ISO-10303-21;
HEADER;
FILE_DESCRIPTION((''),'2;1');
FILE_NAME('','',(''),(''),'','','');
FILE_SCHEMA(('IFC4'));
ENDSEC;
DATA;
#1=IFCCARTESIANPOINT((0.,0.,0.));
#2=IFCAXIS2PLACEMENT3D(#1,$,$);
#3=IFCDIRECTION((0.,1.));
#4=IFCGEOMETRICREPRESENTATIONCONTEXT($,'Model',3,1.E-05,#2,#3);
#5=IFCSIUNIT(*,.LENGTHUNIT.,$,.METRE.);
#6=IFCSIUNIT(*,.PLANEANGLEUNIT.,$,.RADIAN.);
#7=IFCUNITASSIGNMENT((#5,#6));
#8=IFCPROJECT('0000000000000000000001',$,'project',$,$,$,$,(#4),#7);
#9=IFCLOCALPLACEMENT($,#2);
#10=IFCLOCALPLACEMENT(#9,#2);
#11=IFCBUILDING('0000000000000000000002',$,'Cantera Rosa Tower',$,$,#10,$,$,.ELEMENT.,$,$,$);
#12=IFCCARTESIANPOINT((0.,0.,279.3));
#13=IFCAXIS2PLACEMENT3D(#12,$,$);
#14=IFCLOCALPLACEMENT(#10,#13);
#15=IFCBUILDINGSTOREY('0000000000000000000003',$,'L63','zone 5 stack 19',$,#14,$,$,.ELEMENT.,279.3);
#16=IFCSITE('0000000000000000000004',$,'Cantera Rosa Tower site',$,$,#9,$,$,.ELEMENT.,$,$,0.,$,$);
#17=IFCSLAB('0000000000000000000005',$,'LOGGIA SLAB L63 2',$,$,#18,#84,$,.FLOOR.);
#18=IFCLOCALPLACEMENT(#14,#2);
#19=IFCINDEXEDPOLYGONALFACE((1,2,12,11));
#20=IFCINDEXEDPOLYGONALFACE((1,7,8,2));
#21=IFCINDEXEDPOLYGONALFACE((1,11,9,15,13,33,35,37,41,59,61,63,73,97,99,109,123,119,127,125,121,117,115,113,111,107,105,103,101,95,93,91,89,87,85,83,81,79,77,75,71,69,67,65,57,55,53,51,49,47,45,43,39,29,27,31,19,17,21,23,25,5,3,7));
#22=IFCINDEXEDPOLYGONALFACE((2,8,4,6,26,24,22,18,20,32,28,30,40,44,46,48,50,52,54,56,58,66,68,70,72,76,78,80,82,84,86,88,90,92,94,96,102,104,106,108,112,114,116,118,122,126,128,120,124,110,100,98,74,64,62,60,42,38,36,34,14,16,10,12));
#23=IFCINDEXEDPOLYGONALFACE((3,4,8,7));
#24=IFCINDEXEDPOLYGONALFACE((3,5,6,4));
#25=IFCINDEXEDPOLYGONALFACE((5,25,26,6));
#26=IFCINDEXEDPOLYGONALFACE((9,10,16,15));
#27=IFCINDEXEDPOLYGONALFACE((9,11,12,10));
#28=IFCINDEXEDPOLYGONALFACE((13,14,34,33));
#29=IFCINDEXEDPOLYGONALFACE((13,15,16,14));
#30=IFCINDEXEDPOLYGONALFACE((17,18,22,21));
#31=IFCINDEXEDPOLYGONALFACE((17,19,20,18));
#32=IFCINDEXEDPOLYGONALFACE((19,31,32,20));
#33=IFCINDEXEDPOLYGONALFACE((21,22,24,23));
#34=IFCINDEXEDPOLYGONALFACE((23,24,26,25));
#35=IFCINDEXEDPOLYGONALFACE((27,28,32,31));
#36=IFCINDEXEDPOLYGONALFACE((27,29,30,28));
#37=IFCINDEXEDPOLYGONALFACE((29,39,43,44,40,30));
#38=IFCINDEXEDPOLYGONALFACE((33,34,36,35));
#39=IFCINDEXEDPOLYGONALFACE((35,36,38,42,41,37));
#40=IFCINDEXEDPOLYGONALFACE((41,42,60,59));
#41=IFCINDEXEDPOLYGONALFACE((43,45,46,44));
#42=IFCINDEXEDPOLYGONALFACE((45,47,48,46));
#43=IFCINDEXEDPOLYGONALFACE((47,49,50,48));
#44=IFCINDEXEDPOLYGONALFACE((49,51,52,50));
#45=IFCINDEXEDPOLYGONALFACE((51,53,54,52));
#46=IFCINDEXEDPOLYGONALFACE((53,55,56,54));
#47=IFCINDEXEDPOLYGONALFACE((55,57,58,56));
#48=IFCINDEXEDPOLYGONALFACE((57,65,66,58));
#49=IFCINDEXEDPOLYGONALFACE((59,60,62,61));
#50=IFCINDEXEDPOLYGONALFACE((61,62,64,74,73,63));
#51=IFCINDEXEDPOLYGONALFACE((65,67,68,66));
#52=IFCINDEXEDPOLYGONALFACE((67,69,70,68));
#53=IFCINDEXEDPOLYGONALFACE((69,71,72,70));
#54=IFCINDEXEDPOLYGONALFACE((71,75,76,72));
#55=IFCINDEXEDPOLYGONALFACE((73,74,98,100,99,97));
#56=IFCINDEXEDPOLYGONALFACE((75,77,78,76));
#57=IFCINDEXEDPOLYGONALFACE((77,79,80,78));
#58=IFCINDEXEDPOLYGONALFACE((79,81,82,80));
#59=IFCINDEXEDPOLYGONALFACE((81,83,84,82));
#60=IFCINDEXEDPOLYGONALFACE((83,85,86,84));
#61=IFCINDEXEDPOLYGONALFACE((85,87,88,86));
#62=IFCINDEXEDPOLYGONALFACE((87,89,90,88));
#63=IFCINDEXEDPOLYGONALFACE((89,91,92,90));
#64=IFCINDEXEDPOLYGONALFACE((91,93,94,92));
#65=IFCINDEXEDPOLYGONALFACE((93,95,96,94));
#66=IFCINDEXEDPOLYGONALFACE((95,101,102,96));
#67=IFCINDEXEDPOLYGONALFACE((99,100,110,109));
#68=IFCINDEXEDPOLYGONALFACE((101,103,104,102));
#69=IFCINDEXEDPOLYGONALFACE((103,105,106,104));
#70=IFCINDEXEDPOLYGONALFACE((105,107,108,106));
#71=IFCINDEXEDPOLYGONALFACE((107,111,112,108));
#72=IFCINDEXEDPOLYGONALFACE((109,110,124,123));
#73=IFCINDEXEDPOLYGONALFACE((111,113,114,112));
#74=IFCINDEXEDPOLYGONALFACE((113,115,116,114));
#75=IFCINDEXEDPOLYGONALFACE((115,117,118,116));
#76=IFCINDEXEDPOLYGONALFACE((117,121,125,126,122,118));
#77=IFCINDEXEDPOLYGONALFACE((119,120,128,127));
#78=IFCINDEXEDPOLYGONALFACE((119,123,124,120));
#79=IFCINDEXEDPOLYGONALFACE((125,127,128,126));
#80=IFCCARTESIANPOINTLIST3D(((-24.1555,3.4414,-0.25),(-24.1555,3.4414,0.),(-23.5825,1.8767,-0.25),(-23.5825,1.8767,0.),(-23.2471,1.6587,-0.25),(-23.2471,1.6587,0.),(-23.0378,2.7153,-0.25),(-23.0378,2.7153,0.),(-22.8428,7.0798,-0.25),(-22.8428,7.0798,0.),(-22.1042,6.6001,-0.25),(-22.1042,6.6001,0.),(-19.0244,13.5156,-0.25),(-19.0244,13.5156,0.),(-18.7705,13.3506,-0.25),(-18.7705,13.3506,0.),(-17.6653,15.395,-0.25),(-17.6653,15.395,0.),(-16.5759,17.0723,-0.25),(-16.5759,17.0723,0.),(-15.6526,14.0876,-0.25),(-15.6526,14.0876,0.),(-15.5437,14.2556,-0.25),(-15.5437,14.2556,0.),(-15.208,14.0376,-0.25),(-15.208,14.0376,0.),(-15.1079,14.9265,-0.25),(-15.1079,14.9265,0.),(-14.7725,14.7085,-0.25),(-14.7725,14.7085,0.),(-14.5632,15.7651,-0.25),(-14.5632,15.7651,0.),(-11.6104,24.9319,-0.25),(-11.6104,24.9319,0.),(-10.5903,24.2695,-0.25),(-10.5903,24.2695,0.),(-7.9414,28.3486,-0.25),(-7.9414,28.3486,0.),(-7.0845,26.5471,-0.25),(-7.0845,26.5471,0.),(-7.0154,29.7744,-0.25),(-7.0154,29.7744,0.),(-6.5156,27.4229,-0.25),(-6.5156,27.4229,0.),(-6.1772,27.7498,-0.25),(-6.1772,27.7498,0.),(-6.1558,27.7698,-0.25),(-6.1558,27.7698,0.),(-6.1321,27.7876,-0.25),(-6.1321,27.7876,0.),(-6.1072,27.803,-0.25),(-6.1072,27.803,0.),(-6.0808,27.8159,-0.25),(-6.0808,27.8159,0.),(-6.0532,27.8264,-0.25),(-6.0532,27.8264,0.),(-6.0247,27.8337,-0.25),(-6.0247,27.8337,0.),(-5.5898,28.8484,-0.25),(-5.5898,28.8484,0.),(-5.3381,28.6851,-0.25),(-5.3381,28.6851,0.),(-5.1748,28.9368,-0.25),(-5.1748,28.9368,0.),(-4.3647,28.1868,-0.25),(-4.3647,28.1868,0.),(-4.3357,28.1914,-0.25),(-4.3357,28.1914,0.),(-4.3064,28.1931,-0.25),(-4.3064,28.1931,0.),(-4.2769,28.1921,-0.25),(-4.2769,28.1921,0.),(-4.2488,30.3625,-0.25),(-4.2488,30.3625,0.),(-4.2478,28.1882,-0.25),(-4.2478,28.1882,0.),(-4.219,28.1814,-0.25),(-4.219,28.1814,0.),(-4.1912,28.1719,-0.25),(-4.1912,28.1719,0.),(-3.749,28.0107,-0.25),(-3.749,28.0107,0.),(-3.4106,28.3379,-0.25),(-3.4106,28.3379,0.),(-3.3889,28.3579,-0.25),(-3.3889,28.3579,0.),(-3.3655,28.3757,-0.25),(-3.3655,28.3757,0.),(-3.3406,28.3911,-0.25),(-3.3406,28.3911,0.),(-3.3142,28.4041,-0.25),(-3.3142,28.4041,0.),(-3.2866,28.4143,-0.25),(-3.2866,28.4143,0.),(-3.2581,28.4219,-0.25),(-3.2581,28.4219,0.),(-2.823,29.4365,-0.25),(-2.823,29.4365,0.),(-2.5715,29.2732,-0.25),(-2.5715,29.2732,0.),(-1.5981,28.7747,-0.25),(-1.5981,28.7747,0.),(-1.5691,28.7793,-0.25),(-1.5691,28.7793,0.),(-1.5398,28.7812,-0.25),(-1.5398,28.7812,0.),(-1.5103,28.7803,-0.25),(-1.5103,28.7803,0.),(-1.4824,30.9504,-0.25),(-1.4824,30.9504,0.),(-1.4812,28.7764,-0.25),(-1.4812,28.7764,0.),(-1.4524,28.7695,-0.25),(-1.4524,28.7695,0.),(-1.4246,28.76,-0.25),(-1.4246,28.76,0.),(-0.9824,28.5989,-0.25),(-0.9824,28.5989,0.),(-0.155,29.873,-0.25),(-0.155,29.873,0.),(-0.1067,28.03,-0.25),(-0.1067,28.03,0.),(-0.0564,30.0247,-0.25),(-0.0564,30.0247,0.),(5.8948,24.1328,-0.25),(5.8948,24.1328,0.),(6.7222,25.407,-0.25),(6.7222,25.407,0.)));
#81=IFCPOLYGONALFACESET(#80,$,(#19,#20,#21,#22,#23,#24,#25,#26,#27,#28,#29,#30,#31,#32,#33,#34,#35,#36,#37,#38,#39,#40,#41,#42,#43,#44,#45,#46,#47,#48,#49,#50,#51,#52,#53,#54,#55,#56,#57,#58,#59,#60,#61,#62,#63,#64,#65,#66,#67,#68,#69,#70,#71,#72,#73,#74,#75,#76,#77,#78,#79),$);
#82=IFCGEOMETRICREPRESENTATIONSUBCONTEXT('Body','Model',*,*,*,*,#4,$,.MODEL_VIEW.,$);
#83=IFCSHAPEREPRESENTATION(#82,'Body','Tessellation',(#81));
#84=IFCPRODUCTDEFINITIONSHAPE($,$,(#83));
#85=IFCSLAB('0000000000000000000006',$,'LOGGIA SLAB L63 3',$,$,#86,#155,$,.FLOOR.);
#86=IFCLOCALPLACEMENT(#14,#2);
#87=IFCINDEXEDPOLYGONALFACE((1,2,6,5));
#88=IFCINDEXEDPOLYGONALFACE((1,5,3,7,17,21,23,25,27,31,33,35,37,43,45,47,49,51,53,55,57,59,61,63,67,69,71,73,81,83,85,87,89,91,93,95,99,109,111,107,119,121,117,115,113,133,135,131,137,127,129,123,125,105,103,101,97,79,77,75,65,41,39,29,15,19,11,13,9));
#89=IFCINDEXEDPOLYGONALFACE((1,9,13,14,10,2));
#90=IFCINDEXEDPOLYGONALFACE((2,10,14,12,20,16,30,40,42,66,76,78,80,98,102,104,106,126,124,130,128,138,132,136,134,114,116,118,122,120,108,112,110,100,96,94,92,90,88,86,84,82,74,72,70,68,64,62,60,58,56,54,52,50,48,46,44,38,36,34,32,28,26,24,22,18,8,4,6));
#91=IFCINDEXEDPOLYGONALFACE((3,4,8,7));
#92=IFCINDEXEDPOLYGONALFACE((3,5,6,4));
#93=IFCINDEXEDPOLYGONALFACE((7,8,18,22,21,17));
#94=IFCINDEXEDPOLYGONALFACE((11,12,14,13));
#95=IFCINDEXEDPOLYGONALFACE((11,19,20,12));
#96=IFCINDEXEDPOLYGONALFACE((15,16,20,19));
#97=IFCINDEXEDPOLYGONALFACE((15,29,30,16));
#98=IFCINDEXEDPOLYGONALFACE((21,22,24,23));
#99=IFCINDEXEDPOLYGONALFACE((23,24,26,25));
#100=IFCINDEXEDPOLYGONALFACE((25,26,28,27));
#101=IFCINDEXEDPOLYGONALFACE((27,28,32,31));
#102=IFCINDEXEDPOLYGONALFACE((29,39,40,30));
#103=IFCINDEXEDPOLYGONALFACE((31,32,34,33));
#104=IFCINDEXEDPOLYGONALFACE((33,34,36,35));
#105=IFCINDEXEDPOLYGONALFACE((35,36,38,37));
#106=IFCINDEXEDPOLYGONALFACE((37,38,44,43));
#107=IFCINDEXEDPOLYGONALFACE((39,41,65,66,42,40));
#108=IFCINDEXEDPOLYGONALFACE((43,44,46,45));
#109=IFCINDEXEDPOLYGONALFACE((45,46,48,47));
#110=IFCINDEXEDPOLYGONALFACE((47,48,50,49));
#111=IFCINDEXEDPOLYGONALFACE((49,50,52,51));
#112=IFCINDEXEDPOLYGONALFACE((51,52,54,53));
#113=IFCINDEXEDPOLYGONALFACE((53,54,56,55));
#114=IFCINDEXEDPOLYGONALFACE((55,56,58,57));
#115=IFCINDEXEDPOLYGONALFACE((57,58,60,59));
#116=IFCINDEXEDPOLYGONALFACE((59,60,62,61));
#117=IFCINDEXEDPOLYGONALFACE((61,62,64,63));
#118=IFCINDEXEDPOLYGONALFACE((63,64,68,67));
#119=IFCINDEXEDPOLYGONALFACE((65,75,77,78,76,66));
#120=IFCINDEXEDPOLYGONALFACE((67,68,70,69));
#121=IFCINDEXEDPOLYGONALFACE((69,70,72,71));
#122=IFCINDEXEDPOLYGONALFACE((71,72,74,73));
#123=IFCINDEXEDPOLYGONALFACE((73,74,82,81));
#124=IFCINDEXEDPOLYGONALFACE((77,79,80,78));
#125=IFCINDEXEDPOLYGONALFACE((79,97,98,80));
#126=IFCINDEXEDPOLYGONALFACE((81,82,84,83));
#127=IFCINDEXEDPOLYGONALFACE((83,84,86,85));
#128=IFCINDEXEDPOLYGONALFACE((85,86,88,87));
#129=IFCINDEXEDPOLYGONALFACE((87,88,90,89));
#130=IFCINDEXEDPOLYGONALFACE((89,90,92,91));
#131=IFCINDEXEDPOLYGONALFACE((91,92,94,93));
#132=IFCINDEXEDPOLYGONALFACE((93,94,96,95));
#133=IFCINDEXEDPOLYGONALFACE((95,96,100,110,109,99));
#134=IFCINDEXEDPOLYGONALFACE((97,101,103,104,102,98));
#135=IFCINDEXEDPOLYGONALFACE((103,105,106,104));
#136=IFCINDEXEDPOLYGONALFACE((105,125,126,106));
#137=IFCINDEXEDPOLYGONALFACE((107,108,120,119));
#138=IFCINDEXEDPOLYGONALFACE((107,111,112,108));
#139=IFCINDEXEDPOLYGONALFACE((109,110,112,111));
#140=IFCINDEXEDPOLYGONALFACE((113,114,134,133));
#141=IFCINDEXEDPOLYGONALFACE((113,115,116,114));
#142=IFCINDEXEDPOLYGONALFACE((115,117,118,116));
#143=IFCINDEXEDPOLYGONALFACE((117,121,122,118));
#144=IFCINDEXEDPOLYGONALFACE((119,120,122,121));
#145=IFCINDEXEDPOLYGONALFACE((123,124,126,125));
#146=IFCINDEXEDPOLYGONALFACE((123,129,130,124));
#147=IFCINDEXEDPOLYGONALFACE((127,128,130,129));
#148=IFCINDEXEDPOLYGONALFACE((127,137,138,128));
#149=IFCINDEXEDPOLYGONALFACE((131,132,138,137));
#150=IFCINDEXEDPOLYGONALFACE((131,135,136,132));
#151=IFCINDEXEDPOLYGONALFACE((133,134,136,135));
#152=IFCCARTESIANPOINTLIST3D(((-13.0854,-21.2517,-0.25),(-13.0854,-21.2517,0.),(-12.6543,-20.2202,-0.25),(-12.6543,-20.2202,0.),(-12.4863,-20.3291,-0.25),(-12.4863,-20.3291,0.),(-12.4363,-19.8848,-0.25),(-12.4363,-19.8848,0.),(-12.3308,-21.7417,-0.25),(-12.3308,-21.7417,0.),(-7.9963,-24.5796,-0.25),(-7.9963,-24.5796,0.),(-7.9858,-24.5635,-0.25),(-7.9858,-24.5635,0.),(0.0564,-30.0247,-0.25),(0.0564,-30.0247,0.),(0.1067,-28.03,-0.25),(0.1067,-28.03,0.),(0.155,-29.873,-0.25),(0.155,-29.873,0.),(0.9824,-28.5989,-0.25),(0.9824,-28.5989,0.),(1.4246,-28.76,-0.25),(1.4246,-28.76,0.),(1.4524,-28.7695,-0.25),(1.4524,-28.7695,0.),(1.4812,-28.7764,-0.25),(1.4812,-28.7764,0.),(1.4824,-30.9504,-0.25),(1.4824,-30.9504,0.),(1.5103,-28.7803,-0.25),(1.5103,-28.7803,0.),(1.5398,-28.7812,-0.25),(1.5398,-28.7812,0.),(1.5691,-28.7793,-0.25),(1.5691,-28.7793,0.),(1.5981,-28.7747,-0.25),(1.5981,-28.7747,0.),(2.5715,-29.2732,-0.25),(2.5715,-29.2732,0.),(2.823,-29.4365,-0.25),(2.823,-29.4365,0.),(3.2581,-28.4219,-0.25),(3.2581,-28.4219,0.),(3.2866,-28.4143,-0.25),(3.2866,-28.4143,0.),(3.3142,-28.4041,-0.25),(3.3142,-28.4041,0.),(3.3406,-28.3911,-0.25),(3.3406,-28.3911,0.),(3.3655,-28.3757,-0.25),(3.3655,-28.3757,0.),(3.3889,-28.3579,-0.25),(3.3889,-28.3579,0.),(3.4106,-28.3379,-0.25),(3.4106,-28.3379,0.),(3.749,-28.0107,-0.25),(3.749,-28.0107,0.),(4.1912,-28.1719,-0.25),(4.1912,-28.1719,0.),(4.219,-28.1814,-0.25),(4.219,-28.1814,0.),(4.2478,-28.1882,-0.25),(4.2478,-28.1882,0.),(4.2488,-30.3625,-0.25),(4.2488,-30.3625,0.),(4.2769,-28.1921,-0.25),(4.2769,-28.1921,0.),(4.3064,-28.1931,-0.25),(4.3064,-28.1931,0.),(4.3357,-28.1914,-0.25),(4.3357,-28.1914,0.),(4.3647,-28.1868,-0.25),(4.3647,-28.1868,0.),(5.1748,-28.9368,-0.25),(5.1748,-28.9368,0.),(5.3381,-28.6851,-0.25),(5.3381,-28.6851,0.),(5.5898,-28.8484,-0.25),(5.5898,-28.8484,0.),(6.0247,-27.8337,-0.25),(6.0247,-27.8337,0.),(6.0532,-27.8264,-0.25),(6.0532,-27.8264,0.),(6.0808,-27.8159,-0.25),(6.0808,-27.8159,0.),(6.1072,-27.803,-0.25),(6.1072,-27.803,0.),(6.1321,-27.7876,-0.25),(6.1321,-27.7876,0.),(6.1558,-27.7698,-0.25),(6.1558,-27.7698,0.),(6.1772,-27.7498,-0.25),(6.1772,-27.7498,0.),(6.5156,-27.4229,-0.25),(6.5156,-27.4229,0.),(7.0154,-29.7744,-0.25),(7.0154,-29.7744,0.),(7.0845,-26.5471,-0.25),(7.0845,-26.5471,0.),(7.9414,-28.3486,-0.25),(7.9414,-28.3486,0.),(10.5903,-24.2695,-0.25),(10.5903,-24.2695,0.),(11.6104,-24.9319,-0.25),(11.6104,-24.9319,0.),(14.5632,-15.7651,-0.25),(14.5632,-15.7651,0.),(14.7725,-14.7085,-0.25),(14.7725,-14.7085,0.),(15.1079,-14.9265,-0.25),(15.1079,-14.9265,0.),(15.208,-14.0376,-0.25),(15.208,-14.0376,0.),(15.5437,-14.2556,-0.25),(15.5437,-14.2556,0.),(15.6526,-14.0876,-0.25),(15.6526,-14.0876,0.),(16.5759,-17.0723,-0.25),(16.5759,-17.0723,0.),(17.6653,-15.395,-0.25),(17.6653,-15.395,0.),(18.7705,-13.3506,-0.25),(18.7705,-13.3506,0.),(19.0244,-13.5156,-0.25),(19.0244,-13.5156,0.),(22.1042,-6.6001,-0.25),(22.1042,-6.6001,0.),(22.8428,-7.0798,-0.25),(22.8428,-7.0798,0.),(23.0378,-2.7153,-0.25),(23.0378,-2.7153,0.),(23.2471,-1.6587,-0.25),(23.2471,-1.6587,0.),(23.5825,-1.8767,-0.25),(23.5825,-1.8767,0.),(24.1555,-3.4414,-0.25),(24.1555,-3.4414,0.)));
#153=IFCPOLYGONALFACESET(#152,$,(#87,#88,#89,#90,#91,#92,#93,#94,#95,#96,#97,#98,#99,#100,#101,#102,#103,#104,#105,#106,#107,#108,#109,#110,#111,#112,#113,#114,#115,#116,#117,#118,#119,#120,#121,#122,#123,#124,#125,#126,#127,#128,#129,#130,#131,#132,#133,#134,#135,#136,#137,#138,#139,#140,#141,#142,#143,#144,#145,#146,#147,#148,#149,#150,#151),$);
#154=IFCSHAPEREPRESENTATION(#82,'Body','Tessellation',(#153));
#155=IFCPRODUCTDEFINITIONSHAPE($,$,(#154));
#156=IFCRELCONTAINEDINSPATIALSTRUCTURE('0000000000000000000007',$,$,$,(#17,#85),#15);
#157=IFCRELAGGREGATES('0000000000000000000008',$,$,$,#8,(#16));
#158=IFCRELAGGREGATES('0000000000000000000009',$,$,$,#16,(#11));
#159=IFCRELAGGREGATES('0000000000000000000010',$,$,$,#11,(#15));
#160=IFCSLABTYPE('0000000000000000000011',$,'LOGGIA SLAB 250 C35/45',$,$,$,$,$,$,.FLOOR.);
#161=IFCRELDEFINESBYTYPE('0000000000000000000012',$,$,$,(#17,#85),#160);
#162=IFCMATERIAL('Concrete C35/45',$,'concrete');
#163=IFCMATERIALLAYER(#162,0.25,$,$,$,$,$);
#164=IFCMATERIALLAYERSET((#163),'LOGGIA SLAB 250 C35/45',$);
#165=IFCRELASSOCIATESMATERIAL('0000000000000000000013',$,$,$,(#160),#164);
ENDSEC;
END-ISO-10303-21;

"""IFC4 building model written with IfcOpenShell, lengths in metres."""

from ifc_helpers import new_model, si_unit, direction, frame, origin, place, context, subcontext, project, spatial, polyline, outline, extrude, material, layer, layer_set, type_object, element, save


model = new_model("IFC4")

# Units and contexts
model_context = context("Model", 3, precision=1e-05, world=origin(), true_north=direction((0.0, 1.0)))
body_context = subcontext(model_context, "Body", "Model", "MODEL_VIEW")
ifc_project = project(units=[si_unit("LENGTHUNIT", "METRE"), si_unit("PLANEANGLEUNIT", "RADIAN")], contexts=[model_context])

# Site, building, storey
site_placement = place(None, origin())
site = spatial("IfcSite", under=ifc_project, at=site_placement, Name="Cantera Rosa Tower site", CompositionType="ELEMENT", RefElevation=0.0)
building_placement = place(site_placement, origin())
building = spatial("IfcBuilding", under=site, at=building_placement, Name="Cantera Rosa Tower", CompositionType="ELEMENT")
storey_placement = place(building_placement, frame((0.0, 0.0, 279.3)))
storey = spatial("IfcBuildingStorey", under=building, at=storey_placement, Name="L63", Description="zone 5 stack 19", CompositionType="ELEMENT", Elevation=279.3)

# Slabs
ifc_material_1 = material(Name="Concrete C35/45", Category="concrete")
ifc_layer_1 = layer(ifc_material_1, 0.25)
ifc_layer_set_1 = layer_set([ifc_layer_1], Name="LOGGIA SLAB 250 C35/45")
slab_type_1 = type_object("IfcSlabType", Name="LOGGIA SLAB 250 C35/45", PredefinedType="FLOOR", material=ifc_layer_set_1)
slab_1_placement = place(storey_placement, frame((0.0, 0.0, -0.25)))
element("IfcSlab", 1, at=slab_1_placement, inside=storey, type_object=slab_type_1, Name="LOGGIA SLAB L63 2", PredefinedType="FLOOR", context=body_context, shape_type="SweptSolid", body=[
    extrude(outline(polyline([(-18.7705, 13.3506), (-19.0244, 13.5156), (-11.6104, 24.9319), (-10.5903, 24.2695), (-7.9414, 28.3486), (-7.0154, 29.7744), (-5.5898, 28.8484), (-5.3381, 28.6851), (-5.1748, 28.9368), (-4.2488, 30.3625), (-2.823, 29.4365), (-2.5715, 29.2732), (-1.4824, 30.9504), (-0.0564, 30.0247), (-0.155, 29.873), (6.7222, 25.407), (5.8948, 24.1328), (-0.1067, 28.03), (-0.9824, 28.5989), (-1.4246, 28.76), (-1.4524, 28.7695), (-1.4812, 28.7764), (-1.5103, 28.7803), (-1.5398, 28.7812), (-1.5691, 28.7793), (-1.5981, 28.7747), (-3.2581, 28.4219), (-3.2866, 28.4143), (-3.3142, 28.4041), (-3.3406, 28.3911), (-3.3655, 28.3757), (-3.3889, 28.3579), (-3.4106, 28.3379), (-3.749, 28.0107), (-4.1912, 28.1719), (-4.219, 28.1814), (-4.2478, 28.1882), (-4.2769, 28.1921), (-4.3064, 28.1931), (-4.3357, 28.1914), (-4.3647, 28.1868), (-6.0247, 27.8337), (-6.0532, 27.8264), (-6.0808, 27.8159), (-6.1072, 27.803), (-6.1321, 27.7876), (-6.1558, 27.7698), (-6.1772, 27.7498), (-6.5156, 27.4229), (-7.0845, 26.5471), (-14.7725, 14.7085), (-15.1079, 14.9265), (-14.5632, 15.7651), (-16.5759, 17.0723), (-17.6653, 15.395), (-15.6526, 14.0876), (-15.5437, 14.2556), (-15.208, 14.0376), (-23.2471, 1.6587), (-23.5825, 1.8767), (-23.0378, 2.7153), (-24.1555, 3.4414), (-22.1042, 6.6001), (-22.8428, 7.0798), (-18.7705, 13.3506)])), origin(), (0.0, 0.0, 1.0), 0.25),
])
slab_2_placement = place(storey_placement, frame((0.0, 0.0, -0.25)))
element("IfcSlab", 2, at=slab_2_placement, inside=storey, type_object=slab_type_1, Name="LOGGIA SLAB L63 3", PredefinedType="FLOOR", context=body_context, shape_type="SweptSolid", body=[
    extrude(outline(polyline([(7.9414, -28.3486), (7.0154, -29.7744), (5.5898, -28.8484), (5.3381, -28.6851), (5.1748, -28.9368), (4.2488, -30.3625), (2.823, -29.4365), (2.5715, -29.2732), (1.4824, -30.9504), (0.0564, -30.0247), (0.155, -29.873), (-7.9963, -24.5796), (-7.9858, -24.5635), (-12.3308, -21.7417), (-13.0854, -21.2517), (-12.4863, -20.3291), (-12.6543, -20.2202), (-12.4363, -19.8848), (0.1067, -28.03), (0.9824, -28.5989), (1.4246, -28.76), (1.4524, -28.7695), (1.4812, -28.7764), (1.5103, -28.7803), (1.5398, -28.7812), (1.5691, -28.7793), (1.5981, -28.7747), (3.2581, -28.4219), (3.2866, -28.4143), (3.3142, -28.4041), (3.3406, -28.3911), (3.3655, -28.3757), (3.3889, -28.3579), (3.4106, -28.3379), (3.749, -28.0107), (4.1912, -28.1719), (4.219, -28.1814), (4.2478, -28.1882), (4.2769, -28.1921), (4.3064, -28.1931), (4.3357, -28.1914), (4.3647, -28.1868), (6.0247, -27.8337), (6.0532, -27.8264), (6.0808, -27.8159), (6.1072, -27.803), (6.1321, -27.7876), (6.1558, -27.7698), (6.1772, -27.7498), (6.5156, -27.4229), (7.0845, -26.5471), (14.7725, -14.7085), (15.1079, -14.9265), (14.5632, -15.7651), (16.5759, -17.0723), (17.6653, -15.395), (15.6526, -14.0876), (15.5437, -14.2556), (15.208, -14.0376), (23.2471, -1.6587), (23.5825, -1.8767), (23.0378, -2.7153), (24.1555, -3.4414), (22.1042, -6.6001), (22.8428, -7.0798), (18.7705, -13.3506), (19.0244, -13.5156), (11.6104, -24.9319), (10.5903, -24.2695), (7.9414, -28.3486)])), origin(), (0.0, 0.0, 1.0), 0.25),
])

save(model, "model.ifc")
